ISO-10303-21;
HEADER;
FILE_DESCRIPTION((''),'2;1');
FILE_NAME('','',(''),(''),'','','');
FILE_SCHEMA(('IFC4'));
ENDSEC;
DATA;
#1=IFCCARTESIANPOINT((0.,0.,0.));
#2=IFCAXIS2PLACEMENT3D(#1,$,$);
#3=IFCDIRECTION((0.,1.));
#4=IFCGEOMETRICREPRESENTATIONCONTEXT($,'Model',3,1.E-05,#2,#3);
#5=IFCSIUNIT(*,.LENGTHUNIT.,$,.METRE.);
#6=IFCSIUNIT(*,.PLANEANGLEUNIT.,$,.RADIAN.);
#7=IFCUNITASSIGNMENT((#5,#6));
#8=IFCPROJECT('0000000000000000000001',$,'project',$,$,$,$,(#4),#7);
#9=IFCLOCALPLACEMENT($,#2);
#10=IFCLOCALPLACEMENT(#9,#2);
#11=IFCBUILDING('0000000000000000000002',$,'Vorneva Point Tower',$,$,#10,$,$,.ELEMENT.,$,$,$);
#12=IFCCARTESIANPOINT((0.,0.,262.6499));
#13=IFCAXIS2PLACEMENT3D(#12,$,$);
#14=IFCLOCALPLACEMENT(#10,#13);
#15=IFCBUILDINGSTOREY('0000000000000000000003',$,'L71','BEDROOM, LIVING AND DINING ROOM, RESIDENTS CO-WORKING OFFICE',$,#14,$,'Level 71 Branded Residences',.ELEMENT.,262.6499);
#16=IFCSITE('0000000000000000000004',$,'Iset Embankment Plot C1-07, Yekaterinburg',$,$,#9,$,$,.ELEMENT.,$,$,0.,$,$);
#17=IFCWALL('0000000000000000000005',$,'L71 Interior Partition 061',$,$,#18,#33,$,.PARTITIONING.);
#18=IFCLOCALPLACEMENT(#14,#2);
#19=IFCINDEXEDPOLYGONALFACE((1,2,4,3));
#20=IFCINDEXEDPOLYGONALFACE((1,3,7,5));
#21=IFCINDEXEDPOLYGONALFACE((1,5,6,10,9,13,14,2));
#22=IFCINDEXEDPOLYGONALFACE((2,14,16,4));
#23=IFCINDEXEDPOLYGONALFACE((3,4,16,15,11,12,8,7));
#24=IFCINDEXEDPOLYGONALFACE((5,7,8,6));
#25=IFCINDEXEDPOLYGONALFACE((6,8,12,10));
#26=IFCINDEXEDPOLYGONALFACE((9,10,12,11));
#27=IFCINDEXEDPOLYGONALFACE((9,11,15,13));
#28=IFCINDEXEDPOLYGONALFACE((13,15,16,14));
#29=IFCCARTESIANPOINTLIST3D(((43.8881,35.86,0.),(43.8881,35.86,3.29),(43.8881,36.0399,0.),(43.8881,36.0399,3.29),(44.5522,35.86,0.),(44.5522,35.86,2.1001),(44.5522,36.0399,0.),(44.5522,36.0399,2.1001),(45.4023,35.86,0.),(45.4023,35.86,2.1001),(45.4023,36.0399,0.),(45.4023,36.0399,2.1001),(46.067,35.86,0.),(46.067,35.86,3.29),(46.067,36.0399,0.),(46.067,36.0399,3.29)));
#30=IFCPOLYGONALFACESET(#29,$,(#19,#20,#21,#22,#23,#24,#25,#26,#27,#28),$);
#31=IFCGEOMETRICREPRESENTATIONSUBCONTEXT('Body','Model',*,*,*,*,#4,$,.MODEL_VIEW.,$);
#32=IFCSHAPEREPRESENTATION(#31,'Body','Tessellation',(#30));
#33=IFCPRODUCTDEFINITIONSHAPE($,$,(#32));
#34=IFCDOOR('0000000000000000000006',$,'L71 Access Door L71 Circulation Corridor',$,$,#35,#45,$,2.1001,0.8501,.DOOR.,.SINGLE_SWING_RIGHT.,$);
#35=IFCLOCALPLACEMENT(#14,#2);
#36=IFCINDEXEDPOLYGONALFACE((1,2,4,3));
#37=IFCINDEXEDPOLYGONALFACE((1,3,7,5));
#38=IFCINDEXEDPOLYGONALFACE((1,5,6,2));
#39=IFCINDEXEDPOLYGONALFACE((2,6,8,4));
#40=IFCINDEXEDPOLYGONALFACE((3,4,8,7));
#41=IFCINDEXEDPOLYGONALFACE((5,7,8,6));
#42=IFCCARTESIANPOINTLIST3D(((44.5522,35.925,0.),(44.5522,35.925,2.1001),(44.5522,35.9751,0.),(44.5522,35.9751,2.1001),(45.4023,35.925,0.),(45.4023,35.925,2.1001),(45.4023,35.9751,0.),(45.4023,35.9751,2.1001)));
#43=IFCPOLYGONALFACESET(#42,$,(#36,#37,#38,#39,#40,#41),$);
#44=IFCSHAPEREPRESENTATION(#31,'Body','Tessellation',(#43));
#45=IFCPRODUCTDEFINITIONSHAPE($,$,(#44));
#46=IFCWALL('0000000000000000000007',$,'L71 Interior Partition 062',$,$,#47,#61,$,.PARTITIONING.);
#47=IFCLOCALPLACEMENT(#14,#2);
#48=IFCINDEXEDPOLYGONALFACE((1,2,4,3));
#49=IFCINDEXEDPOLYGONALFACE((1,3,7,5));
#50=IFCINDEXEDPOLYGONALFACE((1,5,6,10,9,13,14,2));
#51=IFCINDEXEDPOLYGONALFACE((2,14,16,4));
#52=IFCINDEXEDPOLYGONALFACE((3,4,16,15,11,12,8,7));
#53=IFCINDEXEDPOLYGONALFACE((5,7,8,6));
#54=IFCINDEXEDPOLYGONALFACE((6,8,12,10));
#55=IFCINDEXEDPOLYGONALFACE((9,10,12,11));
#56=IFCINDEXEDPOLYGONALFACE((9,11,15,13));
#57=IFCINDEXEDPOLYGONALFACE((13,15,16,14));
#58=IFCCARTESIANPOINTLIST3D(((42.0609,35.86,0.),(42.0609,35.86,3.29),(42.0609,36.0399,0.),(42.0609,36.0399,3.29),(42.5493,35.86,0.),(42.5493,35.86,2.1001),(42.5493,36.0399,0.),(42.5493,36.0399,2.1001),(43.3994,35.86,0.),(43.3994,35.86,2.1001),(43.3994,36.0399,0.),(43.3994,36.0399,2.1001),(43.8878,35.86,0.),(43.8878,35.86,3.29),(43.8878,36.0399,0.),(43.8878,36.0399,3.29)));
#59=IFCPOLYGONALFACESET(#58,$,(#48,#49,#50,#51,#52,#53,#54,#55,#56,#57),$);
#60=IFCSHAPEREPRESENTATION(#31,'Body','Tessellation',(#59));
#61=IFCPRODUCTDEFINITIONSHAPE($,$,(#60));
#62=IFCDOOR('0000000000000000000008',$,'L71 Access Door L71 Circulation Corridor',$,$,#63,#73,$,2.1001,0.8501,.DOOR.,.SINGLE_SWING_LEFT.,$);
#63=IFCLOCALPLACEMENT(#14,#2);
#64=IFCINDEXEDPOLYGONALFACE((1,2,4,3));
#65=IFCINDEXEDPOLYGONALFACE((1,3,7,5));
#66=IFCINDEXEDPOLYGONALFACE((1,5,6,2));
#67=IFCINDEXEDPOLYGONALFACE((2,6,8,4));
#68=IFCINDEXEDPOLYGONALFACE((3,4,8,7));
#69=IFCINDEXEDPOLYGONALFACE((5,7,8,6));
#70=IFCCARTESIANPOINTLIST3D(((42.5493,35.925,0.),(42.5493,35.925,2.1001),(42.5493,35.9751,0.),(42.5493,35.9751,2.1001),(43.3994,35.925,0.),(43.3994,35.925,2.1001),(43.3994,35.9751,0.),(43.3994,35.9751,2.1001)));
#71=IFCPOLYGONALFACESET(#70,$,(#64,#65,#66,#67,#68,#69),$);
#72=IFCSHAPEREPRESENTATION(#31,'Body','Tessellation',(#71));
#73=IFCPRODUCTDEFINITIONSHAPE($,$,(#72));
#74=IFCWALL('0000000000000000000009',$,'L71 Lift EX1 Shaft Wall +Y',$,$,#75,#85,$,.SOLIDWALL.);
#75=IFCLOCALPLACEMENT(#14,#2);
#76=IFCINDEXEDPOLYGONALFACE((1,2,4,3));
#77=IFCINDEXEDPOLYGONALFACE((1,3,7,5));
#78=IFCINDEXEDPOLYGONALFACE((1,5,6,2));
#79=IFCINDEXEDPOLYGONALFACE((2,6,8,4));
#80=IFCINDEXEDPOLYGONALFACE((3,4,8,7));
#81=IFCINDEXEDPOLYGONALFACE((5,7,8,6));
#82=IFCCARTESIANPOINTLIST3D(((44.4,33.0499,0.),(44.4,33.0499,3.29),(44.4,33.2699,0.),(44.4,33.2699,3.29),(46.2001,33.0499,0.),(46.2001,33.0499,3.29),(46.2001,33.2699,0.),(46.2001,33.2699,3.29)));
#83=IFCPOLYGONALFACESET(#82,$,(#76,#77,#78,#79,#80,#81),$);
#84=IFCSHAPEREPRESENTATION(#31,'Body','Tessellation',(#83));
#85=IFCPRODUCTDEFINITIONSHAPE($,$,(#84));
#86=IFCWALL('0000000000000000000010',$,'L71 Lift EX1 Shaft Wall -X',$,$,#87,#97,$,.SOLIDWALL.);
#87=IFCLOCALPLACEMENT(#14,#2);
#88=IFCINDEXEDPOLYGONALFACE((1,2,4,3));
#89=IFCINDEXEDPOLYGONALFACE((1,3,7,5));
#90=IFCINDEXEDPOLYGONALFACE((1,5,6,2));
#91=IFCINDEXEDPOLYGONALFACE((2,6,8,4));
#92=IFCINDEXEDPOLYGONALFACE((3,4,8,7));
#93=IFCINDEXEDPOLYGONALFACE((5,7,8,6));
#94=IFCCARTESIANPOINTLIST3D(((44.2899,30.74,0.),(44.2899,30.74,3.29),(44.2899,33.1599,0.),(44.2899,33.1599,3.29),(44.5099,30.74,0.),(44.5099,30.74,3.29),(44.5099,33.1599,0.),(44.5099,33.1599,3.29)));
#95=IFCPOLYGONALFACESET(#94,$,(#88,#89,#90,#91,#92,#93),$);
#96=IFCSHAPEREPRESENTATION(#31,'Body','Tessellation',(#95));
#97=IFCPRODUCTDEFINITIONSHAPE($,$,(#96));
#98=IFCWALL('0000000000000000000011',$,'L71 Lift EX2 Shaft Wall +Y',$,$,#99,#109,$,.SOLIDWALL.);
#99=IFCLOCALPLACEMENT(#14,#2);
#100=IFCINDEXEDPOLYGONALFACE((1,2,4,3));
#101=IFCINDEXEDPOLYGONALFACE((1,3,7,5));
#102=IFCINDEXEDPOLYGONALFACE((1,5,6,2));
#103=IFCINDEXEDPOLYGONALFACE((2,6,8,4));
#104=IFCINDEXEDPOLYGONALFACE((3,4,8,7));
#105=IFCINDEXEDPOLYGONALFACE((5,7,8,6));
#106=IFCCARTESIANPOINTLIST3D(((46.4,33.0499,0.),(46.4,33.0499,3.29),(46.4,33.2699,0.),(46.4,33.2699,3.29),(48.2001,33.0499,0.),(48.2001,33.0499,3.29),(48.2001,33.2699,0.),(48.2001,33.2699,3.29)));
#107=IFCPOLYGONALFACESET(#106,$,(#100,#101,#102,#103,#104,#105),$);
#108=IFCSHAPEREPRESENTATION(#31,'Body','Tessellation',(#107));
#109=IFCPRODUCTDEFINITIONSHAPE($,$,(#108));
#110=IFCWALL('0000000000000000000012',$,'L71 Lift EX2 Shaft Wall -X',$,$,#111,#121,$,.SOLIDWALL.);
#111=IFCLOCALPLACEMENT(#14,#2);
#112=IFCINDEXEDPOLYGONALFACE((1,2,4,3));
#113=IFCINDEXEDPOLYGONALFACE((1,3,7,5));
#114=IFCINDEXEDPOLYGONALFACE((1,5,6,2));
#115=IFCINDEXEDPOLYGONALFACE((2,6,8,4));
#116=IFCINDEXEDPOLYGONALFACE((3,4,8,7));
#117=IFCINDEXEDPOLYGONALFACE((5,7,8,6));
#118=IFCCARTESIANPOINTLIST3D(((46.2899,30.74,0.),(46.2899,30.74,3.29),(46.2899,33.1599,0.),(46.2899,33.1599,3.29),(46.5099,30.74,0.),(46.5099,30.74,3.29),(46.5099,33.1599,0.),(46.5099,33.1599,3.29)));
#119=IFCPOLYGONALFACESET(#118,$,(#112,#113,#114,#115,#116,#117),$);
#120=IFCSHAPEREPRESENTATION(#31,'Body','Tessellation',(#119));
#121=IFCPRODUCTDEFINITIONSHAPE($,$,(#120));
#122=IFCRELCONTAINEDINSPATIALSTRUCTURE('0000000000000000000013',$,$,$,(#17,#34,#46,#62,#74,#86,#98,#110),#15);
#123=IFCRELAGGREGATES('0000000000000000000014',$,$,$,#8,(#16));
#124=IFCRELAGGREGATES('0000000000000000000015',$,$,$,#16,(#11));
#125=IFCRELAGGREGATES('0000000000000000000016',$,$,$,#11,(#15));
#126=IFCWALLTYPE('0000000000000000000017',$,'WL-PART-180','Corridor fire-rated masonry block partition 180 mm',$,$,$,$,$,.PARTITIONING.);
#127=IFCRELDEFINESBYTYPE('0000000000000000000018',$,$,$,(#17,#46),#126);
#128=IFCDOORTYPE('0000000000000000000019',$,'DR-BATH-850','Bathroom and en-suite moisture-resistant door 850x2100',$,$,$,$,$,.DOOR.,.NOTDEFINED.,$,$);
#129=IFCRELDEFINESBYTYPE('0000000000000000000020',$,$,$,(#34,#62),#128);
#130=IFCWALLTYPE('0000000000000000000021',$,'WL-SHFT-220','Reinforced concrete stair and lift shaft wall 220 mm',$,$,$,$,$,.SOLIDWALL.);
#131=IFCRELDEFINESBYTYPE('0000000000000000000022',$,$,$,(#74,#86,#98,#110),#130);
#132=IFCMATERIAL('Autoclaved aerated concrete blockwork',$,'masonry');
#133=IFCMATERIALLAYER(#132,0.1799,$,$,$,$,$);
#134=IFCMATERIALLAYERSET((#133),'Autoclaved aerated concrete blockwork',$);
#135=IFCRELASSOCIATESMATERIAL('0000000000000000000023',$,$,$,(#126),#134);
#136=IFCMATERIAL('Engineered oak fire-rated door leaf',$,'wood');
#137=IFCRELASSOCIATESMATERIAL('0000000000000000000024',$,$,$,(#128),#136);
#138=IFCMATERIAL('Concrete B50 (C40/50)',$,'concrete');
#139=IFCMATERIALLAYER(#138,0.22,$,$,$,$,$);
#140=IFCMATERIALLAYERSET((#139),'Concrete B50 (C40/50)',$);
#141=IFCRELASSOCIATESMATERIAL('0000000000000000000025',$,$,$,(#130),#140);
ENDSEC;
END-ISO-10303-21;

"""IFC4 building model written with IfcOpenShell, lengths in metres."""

from ifc_helpers import new_model, si_unit, direction, frame, frame_2d, origin, place, context, subcontext, project, spatial, rectangle, extrude, material, layer, layer_set, type_object, element, fill, save


model = new_model("IFC4")

# Units and contexts
model_context = context("Model", 3, precision=1e-05, world=origin(), true_north=direction((0.0, 1.0)))
body_context = subcontext(model_context, "Body", "Model", "MODEL_VIEW")
ifc_project = project(units=[si_unit("LENGTHUNIT", "METRE"), si_unit("PLANEANGLEUNIT", "RADIAN")], contexts=[model_context])

# Site, building, storey
site_placement = place(None, origin())
site = spatial("IfcSite", under=ifc_project, at=site_placement, Name="Iset Embankment Plot C1-07, Yekaterinburg", CompositionType="ELEMENT", RefElevation=0.0)
building_placement = place(site_placement, origin())
building = spatial("IfcBuilding", under=site, at=building_placement, Name="Vorneva Point Tower", CompositionType="ELEMENT")
storey_placement = place(building_placement, frame((0.0, 0.0, 262.6499)))
storey = spatial("IfcBuildingStorey", under=building, at=storey_placement, Name="L71", Description="BEDROOM, LIVING AND DINING ROOM, RESIDENTS CO-WORKING OFFICE", LongName="Level 71 Branded Residences", CompositionType="ELEMENT", Elevation=262.6499)

# Shared definitions
ifc_material_1 = material(Name="Concrete B50 (C40/50)", Category="concrete")

# Shared definitions
ifc_material_2 = material(Name="Autoclaved aerated concrete blockwork", Category="masonry")
ifc_layer_1 = layer(ifc_material_2, 0.1799)
ifc_layer_set_1 = layer_set([ifc_layer_1], Name="Autoclaved aerated concrete blockwork")
wall_type_1 = type_object("IfcWallType", Name="WL-PART-180", Description="Corridor fire-rated masonry block partition 180 mm", PredefinedType="PARTITIONING", material=ifc_layer_set_1)
ifc_material_3 = material(Name="Engineered oak fire-rated door leaf", Category="wood")
door_type = type_object("IfcDoorType", Name="DR-BATH-850", Description="Bathroom and en-suite moisture-resistant door 850x2100", OperationType="NOTDEFINED", PredefinedType="DOOR", material=ifc_material_3)

# Walls, openings, doors
wall_1_placement = place(storey_placement, frame((46.0669, 35.95, 0.0), z_axis=(0.0, 0.0, 1.0), x_axis=(-1.0, 0.0, 0.0)))
wall_1 = element("IfcWall", 1, at=wall_1_placement, inside=storey, type_object=wall_type_1, Name="L71 Interior Partition 061", PredefinedType="PARTITIONING", context=body_context, shape_type="SweptSolid", body=[
    extrude(rectangle(XDim=2.179, YDim=0.1799, at=frame_2d((1.0894, 0.0))), origin(), (0.0, 0.0, 1.0), 3.29),
])
opening_1_placement = place(wall_1_placement, frame((0.6646, 0.0, 0.0)))
opening_1 = element("IfcOpeningElement", 2, at=opening_1_placement, cuts=wall_1, PredefinedType="OPENING", context=body_context, shape_type="SweptSolid", body=[
    extrude(rectangle(XDim=0.8501, YDim=2.1001, at=frame_2d((0.425, 1.05))), frame((0.0, 0.105, 0.0), z_axis=(0.0, -1.0, 0.0), x_axis=(1.0, 0.0, 0.0)), (0.0, 0.0, 1.0), 0.2097),
])
door_1_placement = place(opening_1_placement, origin())
door_1 = element("IfcDoor", 3, at=door_1_placement, inside=storey, type_object=door_type, Name="L71 Access Door L71 Circulation Corridor", OperationType="SINGLE_SWING_RIGHT", OverallHeight=2.1001, OverallWidth=0.8501, PredefinedType="DOOR", context=body_context, shape_type="SweptSolid", body=[
    extrude(rectangle(XDim=0.8501, YDim=2.1001, at=frame_2d((0.425, 1.05))), frame((0.0, 0.0249, 0.0), z_axis=(0.0, -1.0, 0.0), x_axis=(1.0, 0.0, 0.0)), (0.0, 0.0, 1.0), 0.05),
])
fill(opening_1, door_1)
wall_2_placement = place(storey_placement, frame((43.8879, 35.95, 0.0), z_axis=(0.0, 0.0, 1.0), x_axis=(-1.0, 0.0, 0.0)))
wall_2 = element("IfcWall", 4, at=wall_2_placement, inside=storey, type_object=wall_type_1, Name="L71 Interior Partition 062", PredefinedType="PARTITIONING", context=body_context, shape_type="SweptSolid", body=[
    extrude(rectangle(XDim=1.8269, YDim=0.1799, at=frame_2d((0.9136, 0.0))), origin(), (0.0, 0.0, 1.0), 3.29),
])
opening_2_placement = place(wall_2_placement, frame((0.4885, 0.0, 0.0)))
opening_2 = element("IfcOpeningElement", 5, at=opening_2_placement, cuts=wall_2, PredefinedType="OPENING", context=body_context, shape_type="SweptSolid", body=[
    extrude(rectangle(XDim=0.8501, YDim=2.1001, at=frame_2d((0.425, 1.05))), frame((0.0, 0.105, 0.0), z_axis=(0.0, -1.0, 0.0), x_axis=(1.0, 0.0, 0.0)), (0.0, 0.0, 1.0), 0.2097),
])
door_2_placement = place(opening_2_placement, origin())
door_2 = element("IfcDoor", 6, at=door_2_placement, inside=storey, type_object=door_type, Name="L71 Access Door L71 Circulation Corridor", OperationType="SINGLE_SWING_LEFT", OverallHeight=2.1001, OverallWidth=0.8501, PredefinedType="DOOR", context=body_context, shape_type="SweptSolid", body=[
    extrude(rectangle(XDim=0.8501, YDim=2.1001, at=frame_2d((0.425, 1.05))), frame((0.0, 0.0249, 0.0), z_axis=(0.0, -1.0, 0.0), x_axis=(1.0, 0.0, 0.0)), (0.0, 0.0, 1.0), 0.05),
])
fill(opening_2, door_2)

# Walls
ifc_layer_2 = layer(ifc_material_1, 0.22)
ifc_layer_set_2 = layer_set([ifc_layer_2], Name="Concrete B50 (C40/50)")
wall_type_2 = type_object("IfcWallType", Name="WL-SHFT-220", Description="Reinforced concrete stair and lift shaft wall 220 mm", PredefinedType="SOLIDWALL", material=ifc_layer_set_2)
wall_3_placement = place(storey_placement, frame((46.2, 33.1599, 0.0), z_axis=(0.0, 0.0, 1.0), x_axis=(-1.0, 0.0, 0.0)))
element("IfcWall", 7, at=wall_3_placement, inside=storey, type_object=wall_type_2, Name="L71 Lift EX1 Shaft Wall +Y", PredefinedType="SOLIDWALL", context=body_context, shape_type="SweptSolid", body=[
    extrude(rectangle(XDim=1.8, YDim=0.22, at=frame_2d((0.8999, 0.0))), origin(), (0.0, 0.0, 1.0), 3.29),
])
wall_4_placement = place(storey_placement, frame((44.3999, 33.1599, 0.0), z_axis=(0.0, 0.0, 1.0), x_axis=(0.0, -1.0, 0.0)))
element("IfcWall", 8, at=wall_4_placement, inside=storey, type_object=wall_type_2, Name="L71 Lift EX1 Shaft Wall -X", PredefinedType="SOLIDWALL", context=body_context, shape_type="SweptSolid", body=[
    extrude(rectangle(XDim=2.4199, YDim=0.22, at=frame_2d((1.21, 0.0))), origin(), (0.0, 0.0, 1.0), 3.29),
])
wall_5_placement = place(storey_placement, frame((48.2, 33.1599, 0.0), z_axis=(0.0, 0.0, 1.0), x_axis=(-1.0, 0.0, 0.0)))
element("IfcWall", 9, at=wall_5_placement, inside=storey, type_object=wall_type_2, Name="L71 Lift EX2 Shaft Wall +Y", PredefinedType="SOLIDWALL", context=body_context, shape_type="SweptSolid", body=[
    extrude(rectangle(XDim=1.8, YDim=0.22, at=frame_2d((0.8999, 0.0))), origin(), (0.0, 0.0, 1.0), 3.29),
])
wall_6_placement = place(storey_placement, frame((46.3999, 33.1599, 0.0), z_axis=(0.0, 0.0, 1.0), x_axis=(0.0, -1.0, 0.0)))
element("IfcWall", 10, at=wall_6_placement, inside=storey, type_object=wall_type_2, Name="L71 Lift EX2 Shaft Wall -X", PredefinedType="SOLIDWALL", context=body_context, shape_type="SweptSolid", body=[
    extrude(rectangle(XDim=2.4199, YDim=0.22, at=frame_2d((1.21, 0.0))), origin(), (0.0, 0.0, 1.0), 3.29),
])

save(model, "model.ifc")
